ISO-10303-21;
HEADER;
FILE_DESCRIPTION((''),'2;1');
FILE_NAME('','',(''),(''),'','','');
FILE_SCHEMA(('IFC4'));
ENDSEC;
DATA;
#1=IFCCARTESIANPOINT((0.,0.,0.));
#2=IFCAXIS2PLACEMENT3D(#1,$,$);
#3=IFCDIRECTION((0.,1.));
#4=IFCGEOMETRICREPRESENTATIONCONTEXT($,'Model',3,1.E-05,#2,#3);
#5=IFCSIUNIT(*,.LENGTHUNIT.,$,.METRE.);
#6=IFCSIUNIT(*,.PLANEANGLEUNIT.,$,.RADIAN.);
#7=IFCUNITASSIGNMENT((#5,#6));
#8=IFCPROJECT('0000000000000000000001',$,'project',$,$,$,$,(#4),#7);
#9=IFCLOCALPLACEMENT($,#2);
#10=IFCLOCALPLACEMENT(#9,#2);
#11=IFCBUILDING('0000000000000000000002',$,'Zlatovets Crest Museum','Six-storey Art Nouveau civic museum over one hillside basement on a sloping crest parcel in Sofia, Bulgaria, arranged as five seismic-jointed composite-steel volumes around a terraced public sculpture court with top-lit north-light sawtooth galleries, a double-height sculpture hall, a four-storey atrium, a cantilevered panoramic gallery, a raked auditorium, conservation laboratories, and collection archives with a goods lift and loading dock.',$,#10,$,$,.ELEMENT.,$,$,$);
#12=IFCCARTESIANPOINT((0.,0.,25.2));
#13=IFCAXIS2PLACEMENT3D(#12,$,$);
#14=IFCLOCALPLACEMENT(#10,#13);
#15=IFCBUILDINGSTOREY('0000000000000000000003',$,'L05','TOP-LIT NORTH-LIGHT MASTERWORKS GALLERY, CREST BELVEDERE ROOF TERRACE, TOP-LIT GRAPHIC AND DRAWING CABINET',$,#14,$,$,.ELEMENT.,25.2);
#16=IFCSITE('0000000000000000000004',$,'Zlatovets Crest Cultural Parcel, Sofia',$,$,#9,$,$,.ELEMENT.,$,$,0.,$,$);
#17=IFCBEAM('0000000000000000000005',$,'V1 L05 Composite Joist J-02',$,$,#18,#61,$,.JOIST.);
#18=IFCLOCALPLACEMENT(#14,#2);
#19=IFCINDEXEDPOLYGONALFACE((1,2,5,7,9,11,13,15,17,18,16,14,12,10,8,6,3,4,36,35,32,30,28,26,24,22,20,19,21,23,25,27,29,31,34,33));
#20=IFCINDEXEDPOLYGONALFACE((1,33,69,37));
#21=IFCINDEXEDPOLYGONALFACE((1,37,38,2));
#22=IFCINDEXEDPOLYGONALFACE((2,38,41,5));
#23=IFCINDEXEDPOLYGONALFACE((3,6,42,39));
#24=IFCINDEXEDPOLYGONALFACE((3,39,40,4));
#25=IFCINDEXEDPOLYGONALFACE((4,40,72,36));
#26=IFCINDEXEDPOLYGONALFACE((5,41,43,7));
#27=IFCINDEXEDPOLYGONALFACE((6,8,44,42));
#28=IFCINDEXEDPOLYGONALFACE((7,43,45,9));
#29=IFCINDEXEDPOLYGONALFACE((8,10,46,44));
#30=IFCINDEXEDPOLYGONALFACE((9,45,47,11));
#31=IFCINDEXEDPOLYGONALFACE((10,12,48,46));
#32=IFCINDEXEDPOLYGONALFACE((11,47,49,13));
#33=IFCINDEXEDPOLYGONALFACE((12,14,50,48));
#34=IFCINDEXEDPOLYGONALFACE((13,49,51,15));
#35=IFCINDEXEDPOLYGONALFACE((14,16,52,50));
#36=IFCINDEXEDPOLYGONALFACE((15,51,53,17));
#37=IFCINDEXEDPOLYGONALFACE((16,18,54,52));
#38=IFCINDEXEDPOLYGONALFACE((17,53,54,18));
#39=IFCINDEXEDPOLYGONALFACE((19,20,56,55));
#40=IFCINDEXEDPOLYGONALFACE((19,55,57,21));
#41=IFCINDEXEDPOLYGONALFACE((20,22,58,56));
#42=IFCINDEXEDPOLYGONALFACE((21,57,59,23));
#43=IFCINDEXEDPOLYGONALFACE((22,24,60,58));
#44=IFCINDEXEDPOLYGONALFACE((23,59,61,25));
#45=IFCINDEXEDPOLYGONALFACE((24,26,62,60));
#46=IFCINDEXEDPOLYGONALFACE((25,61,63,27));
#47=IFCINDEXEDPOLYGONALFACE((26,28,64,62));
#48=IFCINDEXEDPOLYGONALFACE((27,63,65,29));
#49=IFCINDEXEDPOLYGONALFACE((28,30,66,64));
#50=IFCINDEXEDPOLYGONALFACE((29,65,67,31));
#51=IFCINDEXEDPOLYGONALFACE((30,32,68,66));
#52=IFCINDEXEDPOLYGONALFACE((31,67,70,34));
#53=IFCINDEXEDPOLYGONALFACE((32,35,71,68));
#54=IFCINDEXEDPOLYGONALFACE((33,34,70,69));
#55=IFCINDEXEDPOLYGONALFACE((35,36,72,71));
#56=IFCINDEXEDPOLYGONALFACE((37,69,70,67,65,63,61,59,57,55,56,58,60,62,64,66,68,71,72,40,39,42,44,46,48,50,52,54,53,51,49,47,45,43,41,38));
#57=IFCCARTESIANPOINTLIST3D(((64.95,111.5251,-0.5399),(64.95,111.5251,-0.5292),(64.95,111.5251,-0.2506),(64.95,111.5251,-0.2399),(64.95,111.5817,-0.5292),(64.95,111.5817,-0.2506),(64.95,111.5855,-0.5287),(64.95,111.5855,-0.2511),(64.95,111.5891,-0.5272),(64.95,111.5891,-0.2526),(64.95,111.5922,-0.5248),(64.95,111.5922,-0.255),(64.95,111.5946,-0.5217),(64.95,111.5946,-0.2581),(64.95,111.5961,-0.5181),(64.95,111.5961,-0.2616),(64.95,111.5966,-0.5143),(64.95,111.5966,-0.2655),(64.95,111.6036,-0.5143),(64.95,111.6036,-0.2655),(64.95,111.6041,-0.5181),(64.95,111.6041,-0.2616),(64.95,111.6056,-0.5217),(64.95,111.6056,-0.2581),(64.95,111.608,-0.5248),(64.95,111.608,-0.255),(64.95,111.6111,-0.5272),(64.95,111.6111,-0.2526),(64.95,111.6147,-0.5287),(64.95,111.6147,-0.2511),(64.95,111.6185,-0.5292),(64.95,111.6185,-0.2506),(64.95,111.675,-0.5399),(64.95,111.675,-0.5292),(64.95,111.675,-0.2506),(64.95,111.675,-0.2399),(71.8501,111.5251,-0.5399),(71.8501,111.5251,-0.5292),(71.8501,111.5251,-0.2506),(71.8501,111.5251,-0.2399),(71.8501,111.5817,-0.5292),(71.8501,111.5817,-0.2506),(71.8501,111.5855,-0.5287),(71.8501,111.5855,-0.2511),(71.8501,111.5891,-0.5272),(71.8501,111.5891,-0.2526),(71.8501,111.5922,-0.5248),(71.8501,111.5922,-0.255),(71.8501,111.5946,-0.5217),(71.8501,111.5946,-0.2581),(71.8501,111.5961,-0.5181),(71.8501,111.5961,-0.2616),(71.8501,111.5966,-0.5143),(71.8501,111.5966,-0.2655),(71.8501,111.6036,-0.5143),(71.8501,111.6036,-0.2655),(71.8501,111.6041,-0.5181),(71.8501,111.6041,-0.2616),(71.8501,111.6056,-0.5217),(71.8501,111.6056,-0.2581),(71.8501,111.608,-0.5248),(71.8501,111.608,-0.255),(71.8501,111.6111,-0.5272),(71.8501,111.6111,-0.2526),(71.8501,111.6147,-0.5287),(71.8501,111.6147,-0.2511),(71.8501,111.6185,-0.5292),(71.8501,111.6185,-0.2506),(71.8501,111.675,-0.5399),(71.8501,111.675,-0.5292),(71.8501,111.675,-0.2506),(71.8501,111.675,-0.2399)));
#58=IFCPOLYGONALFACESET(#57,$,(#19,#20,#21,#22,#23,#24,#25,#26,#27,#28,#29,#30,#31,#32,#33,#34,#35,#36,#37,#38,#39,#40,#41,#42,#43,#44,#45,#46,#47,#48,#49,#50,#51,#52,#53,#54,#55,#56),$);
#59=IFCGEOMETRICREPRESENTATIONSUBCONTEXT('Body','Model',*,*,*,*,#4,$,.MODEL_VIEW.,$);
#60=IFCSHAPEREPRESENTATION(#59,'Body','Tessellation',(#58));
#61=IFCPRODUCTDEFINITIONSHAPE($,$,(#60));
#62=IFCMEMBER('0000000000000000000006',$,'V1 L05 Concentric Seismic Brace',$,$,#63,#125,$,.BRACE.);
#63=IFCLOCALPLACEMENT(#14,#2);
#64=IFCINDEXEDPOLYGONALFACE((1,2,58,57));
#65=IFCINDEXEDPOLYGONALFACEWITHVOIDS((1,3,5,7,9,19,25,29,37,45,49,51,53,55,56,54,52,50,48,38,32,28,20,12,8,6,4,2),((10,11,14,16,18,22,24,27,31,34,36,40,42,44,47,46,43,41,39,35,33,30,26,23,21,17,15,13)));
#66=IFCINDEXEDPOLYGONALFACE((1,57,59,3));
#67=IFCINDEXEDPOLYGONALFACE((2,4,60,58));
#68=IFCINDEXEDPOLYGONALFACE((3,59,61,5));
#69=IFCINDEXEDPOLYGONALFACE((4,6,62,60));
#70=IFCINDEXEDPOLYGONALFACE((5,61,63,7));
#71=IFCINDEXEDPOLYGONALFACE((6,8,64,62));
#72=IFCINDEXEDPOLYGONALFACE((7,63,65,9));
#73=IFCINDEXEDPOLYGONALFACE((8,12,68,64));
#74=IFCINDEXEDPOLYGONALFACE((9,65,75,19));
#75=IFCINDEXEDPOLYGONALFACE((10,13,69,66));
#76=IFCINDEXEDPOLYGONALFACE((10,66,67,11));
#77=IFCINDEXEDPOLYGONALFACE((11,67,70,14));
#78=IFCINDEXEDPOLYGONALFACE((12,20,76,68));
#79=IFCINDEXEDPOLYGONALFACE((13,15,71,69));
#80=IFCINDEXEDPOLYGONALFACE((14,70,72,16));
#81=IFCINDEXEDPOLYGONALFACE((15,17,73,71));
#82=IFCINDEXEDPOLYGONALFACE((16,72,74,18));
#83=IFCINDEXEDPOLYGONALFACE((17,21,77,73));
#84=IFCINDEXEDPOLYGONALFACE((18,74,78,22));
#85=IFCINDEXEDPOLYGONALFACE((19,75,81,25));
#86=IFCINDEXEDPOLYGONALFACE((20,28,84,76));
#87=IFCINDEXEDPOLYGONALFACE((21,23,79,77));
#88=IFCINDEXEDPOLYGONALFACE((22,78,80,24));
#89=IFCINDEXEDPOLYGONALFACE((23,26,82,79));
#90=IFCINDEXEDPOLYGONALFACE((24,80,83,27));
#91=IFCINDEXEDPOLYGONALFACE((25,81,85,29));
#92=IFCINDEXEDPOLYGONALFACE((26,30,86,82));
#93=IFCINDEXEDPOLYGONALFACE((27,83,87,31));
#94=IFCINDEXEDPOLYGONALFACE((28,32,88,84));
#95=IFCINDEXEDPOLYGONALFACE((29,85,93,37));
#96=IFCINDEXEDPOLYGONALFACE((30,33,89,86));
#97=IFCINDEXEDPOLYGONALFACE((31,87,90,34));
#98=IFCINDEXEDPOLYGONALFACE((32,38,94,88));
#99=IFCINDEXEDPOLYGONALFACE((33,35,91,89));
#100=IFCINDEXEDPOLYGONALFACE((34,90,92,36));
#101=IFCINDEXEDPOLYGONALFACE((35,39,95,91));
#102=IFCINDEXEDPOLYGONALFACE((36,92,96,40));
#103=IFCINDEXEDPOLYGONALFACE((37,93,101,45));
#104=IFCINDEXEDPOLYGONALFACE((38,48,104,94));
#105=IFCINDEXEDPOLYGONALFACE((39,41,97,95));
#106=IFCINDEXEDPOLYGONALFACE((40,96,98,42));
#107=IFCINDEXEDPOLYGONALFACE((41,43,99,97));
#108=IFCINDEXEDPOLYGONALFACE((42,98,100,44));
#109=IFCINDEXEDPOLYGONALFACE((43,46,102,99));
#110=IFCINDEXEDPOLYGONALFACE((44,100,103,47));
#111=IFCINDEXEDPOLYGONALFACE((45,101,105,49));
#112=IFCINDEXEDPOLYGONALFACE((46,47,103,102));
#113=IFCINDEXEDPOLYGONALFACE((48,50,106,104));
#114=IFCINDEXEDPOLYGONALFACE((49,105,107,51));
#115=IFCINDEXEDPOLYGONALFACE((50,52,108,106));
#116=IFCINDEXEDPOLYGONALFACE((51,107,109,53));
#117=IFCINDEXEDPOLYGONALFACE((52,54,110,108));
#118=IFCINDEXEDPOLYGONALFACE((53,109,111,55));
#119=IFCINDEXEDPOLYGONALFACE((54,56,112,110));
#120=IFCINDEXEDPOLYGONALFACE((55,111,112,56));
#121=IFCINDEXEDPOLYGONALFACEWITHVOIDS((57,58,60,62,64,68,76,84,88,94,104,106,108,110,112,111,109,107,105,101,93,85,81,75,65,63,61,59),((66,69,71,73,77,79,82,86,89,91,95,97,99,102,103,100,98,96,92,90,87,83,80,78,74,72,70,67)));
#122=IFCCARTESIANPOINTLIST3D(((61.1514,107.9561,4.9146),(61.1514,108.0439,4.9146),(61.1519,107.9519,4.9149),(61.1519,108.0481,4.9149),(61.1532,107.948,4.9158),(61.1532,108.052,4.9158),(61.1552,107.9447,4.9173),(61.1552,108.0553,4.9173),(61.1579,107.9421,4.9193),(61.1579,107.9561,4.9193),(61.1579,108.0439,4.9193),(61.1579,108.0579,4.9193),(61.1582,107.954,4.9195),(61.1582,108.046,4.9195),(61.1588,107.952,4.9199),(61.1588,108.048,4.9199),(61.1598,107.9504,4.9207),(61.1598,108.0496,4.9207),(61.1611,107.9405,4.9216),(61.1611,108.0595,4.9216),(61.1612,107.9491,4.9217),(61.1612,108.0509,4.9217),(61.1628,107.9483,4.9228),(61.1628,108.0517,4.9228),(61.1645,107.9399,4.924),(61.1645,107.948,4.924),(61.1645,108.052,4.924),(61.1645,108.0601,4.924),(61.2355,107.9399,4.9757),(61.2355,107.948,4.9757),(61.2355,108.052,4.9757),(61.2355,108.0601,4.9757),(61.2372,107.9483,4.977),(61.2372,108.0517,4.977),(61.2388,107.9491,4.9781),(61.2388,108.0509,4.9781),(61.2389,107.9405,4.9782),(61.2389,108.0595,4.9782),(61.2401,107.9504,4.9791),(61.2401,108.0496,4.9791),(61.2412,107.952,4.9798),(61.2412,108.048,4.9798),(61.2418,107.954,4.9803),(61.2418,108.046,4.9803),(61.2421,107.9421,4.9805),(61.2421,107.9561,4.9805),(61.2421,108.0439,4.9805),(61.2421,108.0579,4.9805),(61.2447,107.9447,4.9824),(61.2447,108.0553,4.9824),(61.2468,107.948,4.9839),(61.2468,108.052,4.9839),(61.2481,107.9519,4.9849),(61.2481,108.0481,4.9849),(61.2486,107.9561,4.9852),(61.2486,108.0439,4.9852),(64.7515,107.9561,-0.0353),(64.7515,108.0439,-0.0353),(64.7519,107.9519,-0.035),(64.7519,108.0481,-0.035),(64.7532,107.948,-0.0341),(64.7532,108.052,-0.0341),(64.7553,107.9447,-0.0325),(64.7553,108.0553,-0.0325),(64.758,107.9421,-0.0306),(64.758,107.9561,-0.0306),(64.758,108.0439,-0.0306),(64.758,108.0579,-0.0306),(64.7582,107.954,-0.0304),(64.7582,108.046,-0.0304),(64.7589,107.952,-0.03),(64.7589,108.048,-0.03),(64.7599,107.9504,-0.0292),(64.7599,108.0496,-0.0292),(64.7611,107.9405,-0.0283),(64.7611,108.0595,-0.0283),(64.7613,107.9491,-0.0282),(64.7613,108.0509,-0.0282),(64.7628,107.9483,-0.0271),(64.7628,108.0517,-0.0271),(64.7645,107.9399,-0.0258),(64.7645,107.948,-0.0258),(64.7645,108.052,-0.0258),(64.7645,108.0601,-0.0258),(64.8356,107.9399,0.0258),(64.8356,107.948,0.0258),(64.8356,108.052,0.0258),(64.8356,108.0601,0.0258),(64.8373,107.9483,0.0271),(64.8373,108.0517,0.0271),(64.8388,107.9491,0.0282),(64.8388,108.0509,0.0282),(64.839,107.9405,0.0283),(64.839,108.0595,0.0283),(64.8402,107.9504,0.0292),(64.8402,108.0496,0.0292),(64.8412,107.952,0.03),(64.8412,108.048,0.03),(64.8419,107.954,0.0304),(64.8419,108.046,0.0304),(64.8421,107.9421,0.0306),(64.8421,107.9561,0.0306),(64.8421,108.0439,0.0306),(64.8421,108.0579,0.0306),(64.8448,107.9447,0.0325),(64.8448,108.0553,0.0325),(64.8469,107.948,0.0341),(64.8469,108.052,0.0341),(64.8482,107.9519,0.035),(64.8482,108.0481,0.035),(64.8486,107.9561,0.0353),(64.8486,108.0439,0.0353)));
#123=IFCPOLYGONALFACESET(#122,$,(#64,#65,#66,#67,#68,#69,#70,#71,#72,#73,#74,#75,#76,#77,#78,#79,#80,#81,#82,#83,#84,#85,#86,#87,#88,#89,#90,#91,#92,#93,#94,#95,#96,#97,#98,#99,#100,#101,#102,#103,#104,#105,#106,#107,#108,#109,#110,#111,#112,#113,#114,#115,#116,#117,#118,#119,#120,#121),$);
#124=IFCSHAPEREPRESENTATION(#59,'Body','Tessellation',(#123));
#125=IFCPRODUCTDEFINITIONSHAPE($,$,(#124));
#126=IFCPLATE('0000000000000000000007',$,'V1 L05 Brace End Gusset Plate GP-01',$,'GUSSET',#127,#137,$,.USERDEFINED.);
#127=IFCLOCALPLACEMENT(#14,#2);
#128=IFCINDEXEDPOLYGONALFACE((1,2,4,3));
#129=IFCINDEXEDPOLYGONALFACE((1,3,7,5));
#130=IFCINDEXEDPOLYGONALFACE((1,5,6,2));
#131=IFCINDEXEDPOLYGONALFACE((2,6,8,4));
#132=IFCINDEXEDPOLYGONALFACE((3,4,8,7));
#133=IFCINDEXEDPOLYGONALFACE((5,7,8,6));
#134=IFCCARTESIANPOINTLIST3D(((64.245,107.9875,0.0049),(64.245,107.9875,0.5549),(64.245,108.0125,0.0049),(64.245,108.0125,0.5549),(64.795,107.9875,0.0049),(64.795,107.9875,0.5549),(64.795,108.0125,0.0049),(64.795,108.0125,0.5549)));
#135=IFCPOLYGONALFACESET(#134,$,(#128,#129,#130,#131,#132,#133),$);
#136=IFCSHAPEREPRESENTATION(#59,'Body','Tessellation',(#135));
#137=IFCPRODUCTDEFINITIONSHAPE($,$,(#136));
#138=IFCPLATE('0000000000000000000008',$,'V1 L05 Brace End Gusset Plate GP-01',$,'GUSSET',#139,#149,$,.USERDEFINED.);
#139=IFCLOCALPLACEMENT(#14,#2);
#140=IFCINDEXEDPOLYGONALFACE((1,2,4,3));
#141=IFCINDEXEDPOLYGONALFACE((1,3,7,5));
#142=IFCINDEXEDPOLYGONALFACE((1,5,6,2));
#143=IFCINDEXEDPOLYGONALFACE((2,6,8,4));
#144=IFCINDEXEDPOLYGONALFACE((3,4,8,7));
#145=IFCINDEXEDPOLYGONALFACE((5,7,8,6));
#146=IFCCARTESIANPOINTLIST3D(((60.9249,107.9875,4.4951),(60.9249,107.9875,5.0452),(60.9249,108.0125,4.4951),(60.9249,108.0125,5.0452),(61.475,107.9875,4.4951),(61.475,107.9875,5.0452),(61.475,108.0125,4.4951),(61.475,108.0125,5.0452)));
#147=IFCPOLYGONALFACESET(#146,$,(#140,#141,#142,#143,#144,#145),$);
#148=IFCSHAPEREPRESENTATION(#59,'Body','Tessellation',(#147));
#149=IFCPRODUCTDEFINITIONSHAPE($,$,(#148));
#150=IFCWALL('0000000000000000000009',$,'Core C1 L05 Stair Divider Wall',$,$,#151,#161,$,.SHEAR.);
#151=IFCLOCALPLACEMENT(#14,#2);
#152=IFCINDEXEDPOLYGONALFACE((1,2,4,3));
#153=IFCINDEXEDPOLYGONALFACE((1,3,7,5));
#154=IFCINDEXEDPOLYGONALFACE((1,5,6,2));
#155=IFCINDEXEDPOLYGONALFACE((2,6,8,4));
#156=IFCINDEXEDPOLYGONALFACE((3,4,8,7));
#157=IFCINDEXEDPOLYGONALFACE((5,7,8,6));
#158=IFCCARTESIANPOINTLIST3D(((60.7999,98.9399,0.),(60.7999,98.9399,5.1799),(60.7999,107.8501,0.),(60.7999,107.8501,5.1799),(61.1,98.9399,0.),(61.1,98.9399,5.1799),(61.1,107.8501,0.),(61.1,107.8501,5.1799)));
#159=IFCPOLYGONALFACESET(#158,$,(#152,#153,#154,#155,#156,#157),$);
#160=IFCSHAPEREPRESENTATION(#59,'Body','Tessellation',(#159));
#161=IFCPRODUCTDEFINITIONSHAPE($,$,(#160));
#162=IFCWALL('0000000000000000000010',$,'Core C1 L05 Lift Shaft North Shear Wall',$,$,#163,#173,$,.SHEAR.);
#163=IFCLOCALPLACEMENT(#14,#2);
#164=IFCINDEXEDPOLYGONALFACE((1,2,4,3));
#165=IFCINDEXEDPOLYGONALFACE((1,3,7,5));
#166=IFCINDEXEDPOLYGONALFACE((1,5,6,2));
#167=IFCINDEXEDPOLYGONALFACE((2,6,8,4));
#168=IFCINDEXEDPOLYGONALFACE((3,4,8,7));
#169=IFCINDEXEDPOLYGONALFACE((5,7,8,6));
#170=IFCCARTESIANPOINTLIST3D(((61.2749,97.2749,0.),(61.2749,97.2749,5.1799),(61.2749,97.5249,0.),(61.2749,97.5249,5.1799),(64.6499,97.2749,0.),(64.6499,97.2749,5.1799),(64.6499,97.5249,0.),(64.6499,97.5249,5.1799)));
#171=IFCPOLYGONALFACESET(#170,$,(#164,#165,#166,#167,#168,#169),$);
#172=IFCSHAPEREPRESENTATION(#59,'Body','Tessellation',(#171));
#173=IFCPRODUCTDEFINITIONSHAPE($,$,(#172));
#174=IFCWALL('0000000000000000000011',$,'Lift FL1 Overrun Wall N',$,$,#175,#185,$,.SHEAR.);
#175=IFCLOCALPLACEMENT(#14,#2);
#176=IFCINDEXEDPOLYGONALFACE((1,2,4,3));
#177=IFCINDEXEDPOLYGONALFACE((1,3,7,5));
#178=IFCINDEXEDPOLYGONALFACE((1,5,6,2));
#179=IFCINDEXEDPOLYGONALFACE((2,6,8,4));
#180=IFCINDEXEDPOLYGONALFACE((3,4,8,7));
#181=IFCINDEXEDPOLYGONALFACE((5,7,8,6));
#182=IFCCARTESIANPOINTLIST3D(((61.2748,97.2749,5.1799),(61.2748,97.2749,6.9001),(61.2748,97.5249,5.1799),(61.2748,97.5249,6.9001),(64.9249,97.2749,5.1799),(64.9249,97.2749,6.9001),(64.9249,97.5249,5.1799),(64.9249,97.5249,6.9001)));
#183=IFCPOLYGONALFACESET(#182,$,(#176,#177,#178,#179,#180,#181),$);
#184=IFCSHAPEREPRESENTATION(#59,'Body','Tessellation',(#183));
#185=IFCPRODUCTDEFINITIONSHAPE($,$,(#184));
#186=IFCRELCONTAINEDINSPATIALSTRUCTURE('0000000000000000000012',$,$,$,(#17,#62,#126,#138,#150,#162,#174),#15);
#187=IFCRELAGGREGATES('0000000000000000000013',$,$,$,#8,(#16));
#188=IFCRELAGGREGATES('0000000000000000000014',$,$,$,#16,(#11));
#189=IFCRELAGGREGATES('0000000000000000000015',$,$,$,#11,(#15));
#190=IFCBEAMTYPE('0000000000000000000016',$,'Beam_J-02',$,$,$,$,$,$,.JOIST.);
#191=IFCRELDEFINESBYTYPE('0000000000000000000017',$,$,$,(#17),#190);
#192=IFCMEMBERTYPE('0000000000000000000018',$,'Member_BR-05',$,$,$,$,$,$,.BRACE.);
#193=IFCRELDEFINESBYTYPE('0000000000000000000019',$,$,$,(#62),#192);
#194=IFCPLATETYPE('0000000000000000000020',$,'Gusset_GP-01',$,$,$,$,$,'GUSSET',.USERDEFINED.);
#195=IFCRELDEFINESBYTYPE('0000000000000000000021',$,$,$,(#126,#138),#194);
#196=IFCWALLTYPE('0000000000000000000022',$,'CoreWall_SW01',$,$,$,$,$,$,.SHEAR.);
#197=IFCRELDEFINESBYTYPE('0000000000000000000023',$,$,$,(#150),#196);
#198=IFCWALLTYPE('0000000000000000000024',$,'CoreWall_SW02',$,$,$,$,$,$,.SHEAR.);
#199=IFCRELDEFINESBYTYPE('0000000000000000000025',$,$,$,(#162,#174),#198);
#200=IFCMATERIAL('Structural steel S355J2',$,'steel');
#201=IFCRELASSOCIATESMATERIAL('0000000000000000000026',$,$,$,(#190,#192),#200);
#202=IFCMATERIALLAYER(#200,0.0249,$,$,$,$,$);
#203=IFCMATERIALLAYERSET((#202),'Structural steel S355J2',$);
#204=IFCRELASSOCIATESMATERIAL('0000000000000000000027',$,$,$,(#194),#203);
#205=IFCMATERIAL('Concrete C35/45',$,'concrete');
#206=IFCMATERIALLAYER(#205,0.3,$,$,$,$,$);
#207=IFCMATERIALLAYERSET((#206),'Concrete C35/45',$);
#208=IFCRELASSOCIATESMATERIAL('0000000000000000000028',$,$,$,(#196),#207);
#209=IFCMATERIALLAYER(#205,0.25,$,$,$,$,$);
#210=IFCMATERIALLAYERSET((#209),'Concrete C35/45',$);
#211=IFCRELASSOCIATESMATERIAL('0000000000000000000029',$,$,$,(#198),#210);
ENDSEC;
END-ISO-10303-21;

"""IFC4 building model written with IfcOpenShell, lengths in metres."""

from ifc_helpers import new_model, si_unit, direction, frame, frame_2d, origin, origin_2d, place, context, subcontext, project, spatial, rectangle, hollow_rectangle, i_section, extrude, material, layer, layer_set, material_profile, profile_set, type_object, element, save


model = new_model("IFC4")

# Units and contexts
model_context = context("Model", 3, precision=1e-05, world=origin(), true_north=direction((0.0, 1.0)))
body_context = subcontext(model_context, "Body", "Model", "MODEL_VIEW")
ifc_project = project(units=[si_unit("LENGTHUNIT", "METRE"), si_unit("PLANEANGLEUNIT", "RADIAN")], contexts=[model_context])

# Site, building, storey
site_placement = place(None, origin())
site = spatial("IfcSite", under=ifc_project, at=site_placement, Name="Zlatovets Crest Cultural Parcel, Sofia", CompositionType="ELEMENT", RefElevation=0.0)
building_placement = place(site_placement, origin())
building = spatial("IfcBuilding", under=site, at=building_placement, Name="Zlatovets Crest Museum", Description="Six-storey Art Nouveau civic museum over one hillside basement on a sloping crest parcel in Sofia, Bulgaria, arranged as five seismic-jointed composite-steel volumes around a terraced public sculpture court with top-lit north-light sawtooth galleries, a double-height sculpture hall, a four-storey atrium, a cantilevered panoramic gallery, a raked auditorium, conservation laboratories, and collection archives with a goods lift and loading dock.", CompositionType="ELEMENT")
storey_placement = place(building_placement, frame((0.0, 0.0, 25.2)))
storey = spatial("IfcBuildingStorey", under=building, at=storey_placement, Name="L05", Description="TOP-LIT NORTH-LIGHT MASTERWORKS GALLERY, CREST BELVEDERE ROOF TERRACE, TOP-LIT GRAPHIC AND DRAWING CABINET", CompositionType="ELEMENT", Elevation=25.2)

# Shared definitions
ifc_material_1 = material(Name="Structural steel S355J2", Category="steel")

# Beam
ifc_material_profile_1 = material_profile(ifc_material_1, i_section(OverallWidth=0.1499, OverallDepth=0.3, WebThickness=0.0071, FlangeThickness=0.0107, FilletRadius=0.0149, at=origin_2d()), Name="IPE 300")
ifc_profile_set_1 = profile_set([ifc_material_profile_1], Name="Structural steel S355J2")
beam_type_1 = type_object("IfcBeamType", Name="Beam_J-02", PredefinedType="JOIST", material=ifc_profile_set_1)
for number, where, z_axis, x_axis, name in (
    (1, (64.95, 111.6001, -0.3899), (1.0, 0.0, 0.0), (0.0, 1.0, 0.0), "V1 L05 Composite Joist J-02"),
):
    element("IfcBeam", number, at=place(storey_placement, frame(where, z_axis=z_axis, x_axis=x_axis)), inside=storey, type_object=beam_type_1, Name=name, PredefinedType="JOIST", context=body_context, shape_type="SweptSolid", body=[
        extrude(i_section(OverallWidth=0.1499, OverallDepth=0.3, WebThickness=0.0071, FlangeThickness=0.0107, FilletRadius=0.0149, at=origin_2d()), origin(), (0.0, 0.0, 1.0), 6.9001),
    ])

# Member
ifc_material_profile_2 = material_profile(ifc_material_1, hollow_rectangle(XDim=0.1201, YDim=0.1201, WallThickness=0.0081, InnerFilletRadius=0.0081, OuterFilletRadius=0.0161, at=origin_2d()), Name="SHS 120x120x8.0")
ifc_profile_set_2 = profile_set([ifc_material_profile_2], Name="Structural steel S355J2")
member_type = type_object("IfcMemberType", Name="Member_BR-05", PredefinedType="BRACE", material=ifc_profile_set_2)
member_placement = place(storey_placement, frame((64.8, 108.0, 0.0), z_axis=(-0.588186, 0.0, 0.808726), x_axis=(0.0, -1.0, 0.0)))
element("IfcMember", 2, at=member_placement, inside=storey, type_object=member_type, Name="V1 L05 Concentric Seismic Brace", PredefinedType="BRACE", context=body_context, shape_type="SweptSolid", body=[
    extrude(hollow_rectangle(XDim=0.1201, YDim=0.1201, WallThickness=0.0081, InnerFilletRadius=0.0081, OuterFilletRadius=0.0161, at=origin_2d()), origin(), (0.0, 0.0, 1.0), 6.1206),
])

# Plates
ifc_layer_1 = layer(ifc_material_1, 0.0249)
ifc_layer_set_1 = layer_set([ifc_layer_1], Name="Structural steel S355J2")
plate_type = type_object("IfcPlateType", Name="Gusset_GP-01", ElementType="GUSSET", PredefinedType="USERDEFINED", material=ifc_layer_set_1)
for number, where, z_axis, x_axis, name in (
    (3, (64.52, 108.0, 0.0049), (0.0, 0.0, 1.0), (1.0, 0.0, 0.0), "V1 L05 Brace End Gusset Plate GP-01"),
    (4, (61.2, 108.0, 4.4951), (0.0, 0.0, 1.0), (1.0, 0.0, 0.0), "V1 L05 Brace End Gusset Plate GP-01"),
):
    element("IfcPlate", number, at=place(storey_placement, frame(where, z_axis=z_axis, x_axis=x_axis)), inside=storey, type_object=plate_type, Name=name, ObjectType="GUSSET", PredefinedType="USERDEFINED", context=body_context, shape_type="SweptSolid", body=[
        extrude(rectangle(XDim=0.55, YDim=0.0249, at=origin_2d()), origin(), (0.0, 0.0, 1.0), 0.55),
    ])

# Walls
ifc_material_2 = material(Name="Concrete C35/45", Category="concrete")
ifc_layer_2 = layer(ifc_material_2, 0.3)
ifc_layer_set_2 = layer_set([ifc_layer_2], Name="Concrete C35/45")
wall_type_1 = type_object("IfcWallType", Name="CoreWall_SW01", PredefinedType="SHEAR", material=ifc_layer_set_2)
wall_1_placement = place(storey_placement, frame((60.95, 98.9399, 0.0), z_axis=(0.0, 0.0, 1.0), x_axis=(0.0, 1.0, 0.0)))
element("IfcWall", 5, at=wall_1_placement, inside=storey, type_object=wall_type_1, Name="Core C1 L05 Stair Divider Wall", PredefinedType="SHEAR", context=body_context, shape_type="SweptSolid", body=[
    extrude(rectangle(XDim=8.9102, YDim=0.3, at=frame_2d((4.4551, 0.0))), origin(), (0.0, 0.0, 1.0), 5.1799),
])
ifc_layer_3 = layer(ifc_material_2, 0.25)
ifc_layer_set_3 = layer_set([ifc_layer_3], Name="Concrete C35/45")
wall_type_2 = type_object("IfcWallType", Name="CoreWall_SW02", PredefinedType="SHEAR", material=ifc_layer_set_3)
wall_2_placement = place(storey_placement, frame((61.2749, 97.3999, 0.0), z_axis=(0.0, 0.0, 1.0), x_axis=(1.0, 0.0, 0.0)))
element("IfcWall", 6, at=wall_2_placement, inside=storey, type_object=wall_type_2, Name="Core C1 L05 Lift Shaft North Shear Wall", PredefinedType="SHEAR", context=body_context, shape_type="SweptSolid", body=[
    extrude(rectangle(XDim=3.375, YDim=0.25, at=frame_2d((1.6875, 0.0))), origin(), (0.0, 0.0, 1.0), 5.1799),
])
wall_3_placement = place(storey_placement, frame((64.925, 97.3999, 5.1799), z_axis=(0.0, 0.0, 1.0), x_axis=(-1.0, 0.0, 0.0)))
element("IfcWall", 7, at=wall_3_placement, inside=storey, type_object=wall_type_2, Name="Lift FL1 Overrun Wall N", PredefinedType="SHEAR", context=body_context, shape_type="SweptSolid", body=[
    extrude(rectangle(XDim=3.6501, YDim=0.25, at=frame_2d((1.8252, 0.0))), origin(), (0.0, 0.0, 1.0), 1.7202),
])

save(model, "model.ifc")
